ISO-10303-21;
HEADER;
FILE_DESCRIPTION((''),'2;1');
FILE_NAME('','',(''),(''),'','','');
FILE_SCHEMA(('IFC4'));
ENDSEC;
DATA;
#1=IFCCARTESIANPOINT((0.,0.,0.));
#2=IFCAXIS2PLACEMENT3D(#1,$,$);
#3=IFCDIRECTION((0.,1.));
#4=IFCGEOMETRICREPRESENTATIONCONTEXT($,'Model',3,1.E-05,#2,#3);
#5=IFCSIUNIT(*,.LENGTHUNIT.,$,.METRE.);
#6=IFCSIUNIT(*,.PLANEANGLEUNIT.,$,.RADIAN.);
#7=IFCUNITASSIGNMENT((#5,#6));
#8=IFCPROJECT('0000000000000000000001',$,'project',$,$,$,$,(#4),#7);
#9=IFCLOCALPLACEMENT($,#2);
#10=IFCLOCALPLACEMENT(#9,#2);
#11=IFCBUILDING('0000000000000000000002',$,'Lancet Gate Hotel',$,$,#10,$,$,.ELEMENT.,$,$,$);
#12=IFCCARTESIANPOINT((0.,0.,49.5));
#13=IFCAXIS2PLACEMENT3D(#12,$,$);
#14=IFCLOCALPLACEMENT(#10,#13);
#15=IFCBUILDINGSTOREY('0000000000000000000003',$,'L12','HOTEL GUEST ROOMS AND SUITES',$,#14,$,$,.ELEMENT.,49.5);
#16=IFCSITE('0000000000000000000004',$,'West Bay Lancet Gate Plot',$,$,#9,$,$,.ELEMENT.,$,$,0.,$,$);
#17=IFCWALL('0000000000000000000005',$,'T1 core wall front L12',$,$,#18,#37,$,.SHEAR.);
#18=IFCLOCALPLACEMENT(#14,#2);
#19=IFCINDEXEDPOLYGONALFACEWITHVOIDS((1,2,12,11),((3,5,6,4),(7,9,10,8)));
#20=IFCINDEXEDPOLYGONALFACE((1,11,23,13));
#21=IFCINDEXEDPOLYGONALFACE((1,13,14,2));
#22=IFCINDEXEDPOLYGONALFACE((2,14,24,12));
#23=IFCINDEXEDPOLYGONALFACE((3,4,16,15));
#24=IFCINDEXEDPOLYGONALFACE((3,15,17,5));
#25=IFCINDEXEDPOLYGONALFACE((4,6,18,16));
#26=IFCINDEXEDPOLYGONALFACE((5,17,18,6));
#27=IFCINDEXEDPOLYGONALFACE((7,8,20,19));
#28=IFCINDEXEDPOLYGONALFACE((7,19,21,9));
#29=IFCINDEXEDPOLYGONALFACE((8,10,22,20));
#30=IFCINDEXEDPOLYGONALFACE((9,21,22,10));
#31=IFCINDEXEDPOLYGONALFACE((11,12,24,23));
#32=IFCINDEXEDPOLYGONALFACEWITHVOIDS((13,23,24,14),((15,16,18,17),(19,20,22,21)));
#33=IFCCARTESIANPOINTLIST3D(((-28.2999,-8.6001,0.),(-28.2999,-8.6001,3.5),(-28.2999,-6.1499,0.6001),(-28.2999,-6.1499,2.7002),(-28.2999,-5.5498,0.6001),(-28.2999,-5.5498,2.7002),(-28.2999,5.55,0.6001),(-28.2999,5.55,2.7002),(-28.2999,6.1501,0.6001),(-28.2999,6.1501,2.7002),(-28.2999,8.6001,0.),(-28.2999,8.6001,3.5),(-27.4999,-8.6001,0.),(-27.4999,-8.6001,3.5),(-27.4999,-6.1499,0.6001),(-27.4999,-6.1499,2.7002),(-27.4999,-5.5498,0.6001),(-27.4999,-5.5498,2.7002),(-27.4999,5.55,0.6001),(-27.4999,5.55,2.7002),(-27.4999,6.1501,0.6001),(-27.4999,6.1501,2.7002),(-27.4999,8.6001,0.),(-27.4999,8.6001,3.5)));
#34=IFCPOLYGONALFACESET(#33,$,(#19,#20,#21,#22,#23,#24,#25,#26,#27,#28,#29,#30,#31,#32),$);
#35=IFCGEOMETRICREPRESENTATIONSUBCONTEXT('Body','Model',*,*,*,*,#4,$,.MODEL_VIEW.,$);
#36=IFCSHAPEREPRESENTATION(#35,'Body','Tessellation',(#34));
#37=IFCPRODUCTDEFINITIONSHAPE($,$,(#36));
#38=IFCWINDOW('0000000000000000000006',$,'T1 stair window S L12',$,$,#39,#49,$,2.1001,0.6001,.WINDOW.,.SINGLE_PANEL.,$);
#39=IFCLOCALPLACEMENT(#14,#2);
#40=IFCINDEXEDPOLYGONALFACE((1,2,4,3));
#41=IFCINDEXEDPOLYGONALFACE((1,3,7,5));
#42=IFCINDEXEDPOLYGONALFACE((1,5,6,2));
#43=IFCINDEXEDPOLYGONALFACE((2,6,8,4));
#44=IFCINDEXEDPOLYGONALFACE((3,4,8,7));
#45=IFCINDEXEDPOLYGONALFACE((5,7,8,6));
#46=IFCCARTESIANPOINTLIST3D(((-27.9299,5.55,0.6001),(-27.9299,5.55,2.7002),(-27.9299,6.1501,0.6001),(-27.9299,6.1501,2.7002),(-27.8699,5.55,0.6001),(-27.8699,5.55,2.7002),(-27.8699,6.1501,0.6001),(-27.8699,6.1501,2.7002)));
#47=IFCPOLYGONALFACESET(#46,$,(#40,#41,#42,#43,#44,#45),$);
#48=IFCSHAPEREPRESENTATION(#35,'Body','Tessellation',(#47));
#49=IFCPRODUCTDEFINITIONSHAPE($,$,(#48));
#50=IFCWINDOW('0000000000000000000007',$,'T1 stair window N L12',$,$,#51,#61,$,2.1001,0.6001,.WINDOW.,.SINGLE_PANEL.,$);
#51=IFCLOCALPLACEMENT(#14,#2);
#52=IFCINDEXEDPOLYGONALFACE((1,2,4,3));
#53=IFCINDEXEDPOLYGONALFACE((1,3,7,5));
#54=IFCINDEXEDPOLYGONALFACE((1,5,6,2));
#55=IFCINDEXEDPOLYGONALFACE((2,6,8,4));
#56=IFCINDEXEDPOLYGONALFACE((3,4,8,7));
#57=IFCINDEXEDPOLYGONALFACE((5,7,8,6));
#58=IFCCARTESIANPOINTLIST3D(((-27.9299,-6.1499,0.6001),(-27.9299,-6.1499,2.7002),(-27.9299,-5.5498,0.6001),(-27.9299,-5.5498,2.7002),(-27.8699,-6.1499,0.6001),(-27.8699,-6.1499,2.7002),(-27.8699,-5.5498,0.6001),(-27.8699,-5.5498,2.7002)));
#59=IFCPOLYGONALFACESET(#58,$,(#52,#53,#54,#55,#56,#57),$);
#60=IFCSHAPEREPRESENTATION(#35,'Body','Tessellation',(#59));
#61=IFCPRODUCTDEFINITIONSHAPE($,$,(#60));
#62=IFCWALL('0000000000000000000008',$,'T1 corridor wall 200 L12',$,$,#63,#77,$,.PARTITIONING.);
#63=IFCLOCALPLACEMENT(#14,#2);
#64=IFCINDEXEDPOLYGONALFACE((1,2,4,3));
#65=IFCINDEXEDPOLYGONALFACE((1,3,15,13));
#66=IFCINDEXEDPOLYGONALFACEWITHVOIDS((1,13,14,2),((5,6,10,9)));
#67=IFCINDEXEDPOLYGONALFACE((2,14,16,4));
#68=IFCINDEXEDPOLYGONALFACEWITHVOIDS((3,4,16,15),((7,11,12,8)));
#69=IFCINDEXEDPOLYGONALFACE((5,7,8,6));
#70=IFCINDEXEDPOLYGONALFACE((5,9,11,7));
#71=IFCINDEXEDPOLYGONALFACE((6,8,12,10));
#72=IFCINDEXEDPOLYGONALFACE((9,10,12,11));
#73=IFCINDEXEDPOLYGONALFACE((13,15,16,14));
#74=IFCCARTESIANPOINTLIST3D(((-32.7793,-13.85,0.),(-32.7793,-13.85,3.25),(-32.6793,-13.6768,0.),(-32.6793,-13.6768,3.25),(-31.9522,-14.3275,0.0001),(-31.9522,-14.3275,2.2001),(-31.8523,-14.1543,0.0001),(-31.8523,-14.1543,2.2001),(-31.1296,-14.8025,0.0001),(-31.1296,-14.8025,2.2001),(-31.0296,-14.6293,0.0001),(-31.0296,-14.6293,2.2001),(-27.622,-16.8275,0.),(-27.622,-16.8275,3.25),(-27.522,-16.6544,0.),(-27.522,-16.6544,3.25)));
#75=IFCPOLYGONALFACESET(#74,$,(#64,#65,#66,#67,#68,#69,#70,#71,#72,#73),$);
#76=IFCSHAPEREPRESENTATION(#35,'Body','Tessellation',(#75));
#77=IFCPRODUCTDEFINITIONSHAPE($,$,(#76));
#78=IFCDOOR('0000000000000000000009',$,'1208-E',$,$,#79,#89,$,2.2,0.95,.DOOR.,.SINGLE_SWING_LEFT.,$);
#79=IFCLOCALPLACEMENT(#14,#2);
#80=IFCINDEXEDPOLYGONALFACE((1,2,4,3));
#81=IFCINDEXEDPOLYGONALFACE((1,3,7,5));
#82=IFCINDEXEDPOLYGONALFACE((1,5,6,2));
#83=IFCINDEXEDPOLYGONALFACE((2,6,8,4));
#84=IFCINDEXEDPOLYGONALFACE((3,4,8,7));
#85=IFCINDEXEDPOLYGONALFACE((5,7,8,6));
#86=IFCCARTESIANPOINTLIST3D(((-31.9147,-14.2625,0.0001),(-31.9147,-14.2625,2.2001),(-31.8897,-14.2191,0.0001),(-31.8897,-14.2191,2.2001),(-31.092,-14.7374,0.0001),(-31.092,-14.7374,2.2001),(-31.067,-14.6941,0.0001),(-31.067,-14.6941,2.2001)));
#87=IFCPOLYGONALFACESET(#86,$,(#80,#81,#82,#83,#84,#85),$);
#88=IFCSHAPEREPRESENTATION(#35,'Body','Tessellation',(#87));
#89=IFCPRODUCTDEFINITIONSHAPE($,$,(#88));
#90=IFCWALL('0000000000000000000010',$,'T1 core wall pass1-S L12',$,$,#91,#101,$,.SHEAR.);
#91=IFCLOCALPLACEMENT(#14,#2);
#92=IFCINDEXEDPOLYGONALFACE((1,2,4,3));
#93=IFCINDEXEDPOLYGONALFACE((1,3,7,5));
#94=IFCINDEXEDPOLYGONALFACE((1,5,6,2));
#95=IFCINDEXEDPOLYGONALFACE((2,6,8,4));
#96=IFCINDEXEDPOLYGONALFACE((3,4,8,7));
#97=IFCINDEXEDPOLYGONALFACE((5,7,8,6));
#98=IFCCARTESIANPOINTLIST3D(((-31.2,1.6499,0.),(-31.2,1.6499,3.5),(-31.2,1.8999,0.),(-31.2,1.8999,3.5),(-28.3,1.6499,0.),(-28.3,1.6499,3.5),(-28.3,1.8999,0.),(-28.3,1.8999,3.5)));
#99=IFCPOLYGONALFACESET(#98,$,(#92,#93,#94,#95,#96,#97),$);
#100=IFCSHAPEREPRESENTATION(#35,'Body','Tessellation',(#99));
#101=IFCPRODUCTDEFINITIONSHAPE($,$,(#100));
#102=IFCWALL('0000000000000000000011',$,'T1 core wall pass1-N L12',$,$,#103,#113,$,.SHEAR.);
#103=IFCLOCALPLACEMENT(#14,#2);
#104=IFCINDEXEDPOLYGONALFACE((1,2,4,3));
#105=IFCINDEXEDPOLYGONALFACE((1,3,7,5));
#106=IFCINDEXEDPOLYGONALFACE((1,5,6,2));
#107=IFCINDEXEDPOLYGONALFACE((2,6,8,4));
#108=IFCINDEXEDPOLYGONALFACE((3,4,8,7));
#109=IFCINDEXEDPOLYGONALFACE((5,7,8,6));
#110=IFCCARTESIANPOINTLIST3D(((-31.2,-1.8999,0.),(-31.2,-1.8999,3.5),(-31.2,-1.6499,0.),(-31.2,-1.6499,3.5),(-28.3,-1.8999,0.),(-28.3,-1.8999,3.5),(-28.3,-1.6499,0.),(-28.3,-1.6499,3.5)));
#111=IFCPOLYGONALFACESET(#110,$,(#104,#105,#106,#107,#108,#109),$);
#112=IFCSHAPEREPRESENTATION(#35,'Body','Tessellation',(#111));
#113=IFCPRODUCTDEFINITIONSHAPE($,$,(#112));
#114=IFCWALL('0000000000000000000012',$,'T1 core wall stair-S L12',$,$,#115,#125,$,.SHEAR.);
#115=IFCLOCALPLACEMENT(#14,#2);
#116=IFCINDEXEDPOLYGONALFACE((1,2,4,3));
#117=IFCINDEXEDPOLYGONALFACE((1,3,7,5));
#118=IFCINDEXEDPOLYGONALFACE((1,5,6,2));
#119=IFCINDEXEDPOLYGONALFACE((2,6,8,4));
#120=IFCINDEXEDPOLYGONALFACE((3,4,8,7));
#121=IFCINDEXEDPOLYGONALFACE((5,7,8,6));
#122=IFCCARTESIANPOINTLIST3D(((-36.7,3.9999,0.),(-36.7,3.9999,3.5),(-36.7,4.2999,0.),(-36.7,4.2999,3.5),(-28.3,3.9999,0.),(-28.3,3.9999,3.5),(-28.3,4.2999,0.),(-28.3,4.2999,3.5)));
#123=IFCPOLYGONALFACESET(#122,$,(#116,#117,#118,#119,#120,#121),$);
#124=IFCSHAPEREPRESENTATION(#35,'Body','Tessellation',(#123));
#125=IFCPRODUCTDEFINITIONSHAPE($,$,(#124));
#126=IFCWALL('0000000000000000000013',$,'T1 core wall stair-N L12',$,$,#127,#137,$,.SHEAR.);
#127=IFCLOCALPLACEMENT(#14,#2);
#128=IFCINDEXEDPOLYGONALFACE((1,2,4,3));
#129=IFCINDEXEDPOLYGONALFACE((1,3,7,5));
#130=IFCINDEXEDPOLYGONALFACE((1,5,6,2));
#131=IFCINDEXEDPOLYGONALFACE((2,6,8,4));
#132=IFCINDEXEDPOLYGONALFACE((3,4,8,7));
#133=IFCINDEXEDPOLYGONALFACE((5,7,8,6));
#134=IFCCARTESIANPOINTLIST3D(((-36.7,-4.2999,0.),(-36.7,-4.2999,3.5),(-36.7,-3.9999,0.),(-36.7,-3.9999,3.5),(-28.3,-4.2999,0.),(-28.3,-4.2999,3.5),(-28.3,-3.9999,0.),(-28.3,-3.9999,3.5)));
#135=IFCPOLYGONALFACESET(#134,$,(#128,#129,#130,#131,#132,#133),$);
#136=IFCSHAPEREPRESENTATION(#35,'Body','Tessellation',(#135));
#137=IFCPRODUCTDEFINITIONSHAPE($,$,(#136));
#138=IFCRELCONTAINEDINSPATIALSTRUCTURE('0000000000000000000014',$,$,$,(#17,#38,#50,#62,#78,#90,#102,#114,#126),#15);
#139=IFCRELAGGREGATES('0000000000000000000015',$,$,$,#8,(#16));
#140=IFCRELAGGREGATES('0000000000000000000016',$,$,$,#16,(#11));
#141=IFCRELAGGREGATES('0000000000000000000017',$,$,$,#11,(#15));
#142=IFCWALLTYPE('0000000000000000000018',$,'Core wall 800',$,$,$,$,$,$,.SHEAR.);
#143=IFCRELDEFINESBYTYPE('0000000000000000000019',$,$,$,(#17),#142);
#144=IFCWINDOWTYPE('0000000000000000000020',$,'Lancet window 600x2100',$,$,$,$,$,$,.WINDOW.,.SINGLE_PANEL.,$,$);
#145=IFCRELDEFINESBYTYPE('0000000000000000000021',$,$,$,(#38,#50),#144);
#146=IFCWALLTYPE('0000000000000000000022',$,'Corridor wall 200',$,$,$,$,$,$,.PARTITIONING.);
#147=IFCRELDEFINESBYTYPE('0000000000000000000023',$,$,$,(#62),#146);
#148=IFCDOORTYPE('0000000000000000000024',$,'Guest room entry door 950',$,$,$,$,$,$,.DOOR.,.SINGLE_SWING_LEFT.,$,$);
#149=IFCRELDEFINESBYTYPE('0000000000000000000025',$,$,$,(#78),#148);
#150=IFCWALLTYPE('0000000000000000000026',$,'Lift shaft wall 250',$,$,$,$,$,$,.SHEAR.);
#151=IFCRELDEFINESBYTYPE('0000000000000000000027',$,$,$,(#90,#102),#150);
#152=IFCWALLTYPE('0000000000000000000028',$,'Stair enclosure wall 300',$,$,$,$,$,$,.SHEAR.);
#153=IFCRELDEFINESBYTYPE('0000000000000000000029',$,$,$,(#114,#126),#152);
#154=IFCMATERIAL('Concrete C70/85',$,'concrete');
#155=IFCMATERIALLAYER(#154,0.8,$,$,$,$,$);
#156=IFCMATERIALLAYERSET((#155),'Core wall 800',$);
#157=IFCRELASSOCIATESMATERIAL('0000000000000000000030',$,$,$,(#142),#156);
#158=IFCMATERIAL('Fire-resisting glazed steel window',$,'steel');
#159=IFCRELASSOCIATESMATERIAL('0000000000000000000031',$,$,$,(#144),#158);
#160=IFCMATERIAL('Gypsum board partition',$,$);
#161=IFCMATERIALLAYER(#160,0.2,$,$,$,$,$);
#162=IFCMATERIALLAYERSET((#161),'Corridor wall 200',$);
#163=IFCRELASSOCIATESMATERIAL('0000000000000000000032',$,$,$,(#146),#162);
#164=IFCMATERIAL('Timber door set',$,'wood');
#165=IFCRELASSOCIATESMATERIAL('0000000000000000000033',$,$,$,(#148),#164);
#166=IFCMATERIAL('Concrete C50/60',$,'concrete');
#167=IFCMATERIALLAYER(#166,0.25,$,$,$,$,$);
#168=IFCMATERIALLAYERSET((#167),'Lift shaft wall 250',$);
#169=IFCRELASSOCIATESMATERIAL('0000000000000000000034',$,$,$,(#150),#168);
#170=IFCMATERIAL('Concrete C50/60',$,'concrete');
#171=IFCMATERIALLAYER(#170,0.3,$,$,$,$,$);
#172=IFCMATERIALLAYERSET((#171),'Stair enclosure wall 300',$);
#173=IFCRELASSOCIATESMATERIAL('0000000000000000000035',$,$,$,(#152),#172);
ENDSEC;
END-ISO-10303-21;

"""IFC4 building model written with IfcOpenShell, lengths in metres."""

from ifc_helpers import new_model, si_unit, direction, frame, frame_2d, origin, place, context, subcontext, project, spatial, rectangle, extrude, material, layer, layer_set, type_object, element, fill, save


model = new_model("IFC4")

# Units and contexts
model_context = context("Model", 3, precision=1e-05, world=origin(), true_north=direction((0.0, 1.0)))
body_context = subcontext(model_context, "Body", "Model", "MODEL_VIEW")
ifc_project = project(units=[si_unit("LENGTHUNIT", "METRE"), si_unit("PLANEANGLEUNIT", "RADIAN")], contexts=[model_context])

# Site, building, storey
site_placement = place(None, origin())
site = spatial("IfcSite", under=ifc_project, at=site_placement, Name="West Bay Lancet Gate Plot", CompositionType="ELEMENT", RefElevation=0.0)
building_placement = place(site_placement, origin())
building = spatial("IfcBuilding", under=site, at=building_placement, Name="Lancet Gate Hotel", CompositionType="ELEMENT")
storey_placement = place(building_placement, frame((0.0, 0.0, 49.5)))
storey = spatial("IfcBuildingStorey", under=building, at=storey_placement, Name="L12", Description="HOTEL GUEST ROOMS AND SUITES", CompositionType="ELEMENT", Elevation=49.5)

# Wall, openings, windows
ifc_material_1 = material(Name="Concrete C70/85", Category="concrete")
ifc_layer_1 = layer(ifc_material_1, 0.8)
ifc_layer_set_1 = layer_set([ifc_layer_1], Name="Core wall 800")
wall_type_1 = type_object("IfcWallType", Name="Core wall 800", PredefinedType="SHEAR", material=ifc_layer_set_1)
wall_1_placement = place(storey_placement, frame((-27.8999, 8.6001, 0.0), z_axis=(0.0, 0.0, 1.0), x_axis=(0.0, -1.0, 0.0)))
wall_1 = element("IfcWall", 1, at=wall_1_placement, inside=storey, type_object=wall_type_1, Name="T1 core wall front L12", PredefinedType="SHEAR", context=body_context, shape_type="SweptSolid", body=[
    extrude(rectangle(XDim=17.2002, YDim=0.8, at=frame_2d((8.6001, 0.0))), origin(), (0.0, 0.0, 1.0), 3.5),
])
opening_1_placement = place(wall_1_placement, frame((2.45, 0.0, 0.6001)))
opening_1 = element("IfcOpeningElement", 2, at=opening_1_placement, cuts=wall_1, PredefinedType="OPENING", context=body_context, shape_type="SweptSolid", body=[
    extrude(rectangle(XDim=0.6001, YDim=2.1001, at=frame_2d((0.3, 1.05))), frame((0.0, 0.4099, 0.0), z_axis=(0.0, -1.0, 0.0), x_axis=(1.0, 0.0, 0.0)), (0.0, 0.0, 1.0), 0.8201),
])
opening_2_placement = place(wall_1_placement, frame((14.1499, 0.0, 0.6001)))
opening_2 = element("IfcOpeningElement", 3, at=opening_2_placement, cuts=wall_1, PredefinedType="OPENING", context=body_context, shape_type="SweptSolid", body=[
    extrude(rectangle(XDim=0.6001, YDim=2.1001, at=frame_2d((0.3, 1.05))), frame((0.0, 0.4099, 0.0), z_axis=(0.0, -1.0, 0.0), x_axis=(1.0, 0.0, 0.0)), (0.0, 0.0, 1.0), 0.8201),
])
ifc_material_2 = material(Name="Fire-resisting glazed steel window", Category="steel")
window_type = type_object("IfcWindowType", Name="Lancet window 600x2100", PartitioningType="SINGLE_PANEL", PredefinedType="WINDOW", material=ifc_material_2)
window_1_placement = place(opening_1_placement, origin())
window_1 = element("IfcWindow", 4, at=window_1_placement, inside=storey, type_object=window_type, Name="T1 stair window S L12", OverallHeight=2.1001, OverallWidth=0.6001, PartitioningType="SINGLE_PANEL", PredefinedType="WINDOW", context=body_context, shape_type="SweptSolid", body=[
    extrude(rectangle(XDim=0.6001, YDim=2.1001, at=frame_2d((0.3, 1.05))), frame((0.0, 0.03, 0.0), z_axis=(0.0, -1.0, 0.0), x_axis=(1.0, 0.0, 0.0)), (0.0, 0.0, 1.0), 0.0601),
])
fill(opening_1, window_1)
window_2_placement = place(opening_2_placement, origin())
window_2 = element("IfcWindow", 5, at=window_2_placement, inside=storey, type_object=window_type, Name="T1 stair window N L12", OverallHeight=2.1001, OverallWidth=0.6001, PartitioningType="SINGLE_PANEL", PredefinedType="WINDOW", context=body_context, shape_type="SweptSolid", body=[
    extrude(rectangle(XDim=0.6001, YDim=2.1001, at=frame_2d((0.3, 1.05))), frame((0.0, 0.03, 0.0), z_axis=(0.0, -1.0, 0.0), x_axis=(1.0, 0.0, 0.0)), (0.0, 0.0, 1.0), 0.0601),
])
fill(opening_2, window_2)

# Wall, opening, door
ifc_material_3 = material(Name="Gypsum board partition")
ifc_layer_2 = layer(ifc_material_3, 0.2)
ifc_layer_set_2 = layer_set([ifc_layer_2], Name="Corridor wall 200")
wall_type_2 = type_object("IfcWallType", Name="Corridor wall 200", PredefinedType="PARTITIONING", material=ifc_layer_set_2)
wall_2_placement = place(storey_placement, frame((-27.572, -16.741, 0.0), z_axis=(0.0, 0.0, 1.0), x_axis=(-0.866024, 0.500002, 0.0)))
wall_2 = element("IfcWall", 6, at=wall_2_placement, inside=storey, type_object=wall_type_2, Name="T1 corridor wall 200 L12", PredefinedType="PARTITIONING", context=body_context, shape_type="SweptSolid", body=[
    extrude(rectangle(XDim=5.9551, YDim=0.2, at=frame_2d((2.9775, 0.0))), origin(), (0.0, 0.0, 1.0), 3.25),
])
opening_3_placement = place(wall_2_placement, frame((4.05, 0.0, 0.0)))
opening_3 = element("IfcOpeningElement", 7, at=opening_3_placement, cuts=wall_2, PredefinedType="OPENING", context=body_context, shape_type="SweptSolid", body=[
    extrude(rectangle(XDim=0.95, YDim=2.2, at=frame_2d((0.4751, 1.1001))), frame((0.0, 0.1099, 0.0), z_axis=(0.0, -1.0, 0.0), x_axis=(1.0, 0.0, 0.0)), (0.0, 0.0, 1.0), 0.22),
])
ifc_material_4 = material(Name="Timber door set", Category="wood")
door_type_1 = type_object("IfcDoorType", Name="Guest room entry door 950", OperationType="SINGLE_SWING_LEFT", PredefinedType="DOOR", material=ifc_material_4)
door_1_placement = place(opening_3_placement, origin())
door_1 = element("IfcDoor", 8, at=door_1_placement, inside=storey, type_object=door_type_1, Name="1208-E", OperationType="SINGLE_SWING_LEFT", OverallHeight=2.2, OverallWidth=0.95, PredefinedType="DOOR", context=body_context, shape_type="SweptSolid", body=[
    extrude(rectangle(XDim=0.95, YDim=2.2, at=frame_2d((0.4751, 1.1001))), frame((0.0, 0.0249, 0.0), z_axis=(0.0, -1.0, 0.0), x_axis=(1.0, 0.0, 0.0)), (0.0, 0.0, 1.0), 0.05),
])
fill(opening_3, door_1)

# Walls
ifc_material_5 = material(Name="Concrete C50/60", Category="concrete")
ifc_layer_3 = layer(ifc_material_5, 0.25)
ifc_layer_set_3 = layer_set([ifc_layer_3], Name="Lift shaft wall 250")
wall_type_3 = type_object("IfcWallType", Name="Lift shaft wall 250", PredefinedType="SHEAR", material=ifc_layer_set_3)
for number, where, z_axis, x_axis, name in (
    (9, (-28.3, 1.7749, 0.0), (0.0, 0.0, 1.0), (-1.0, 0.0, 0.0), "T1 core wall pass1-S L12"),
    (10, (-28.3, -1.7749, 0.0), (0.0, 0.0, 1.0), (-1.0, 0.0, 0.0), "T1 core wall pass1-N L12"),
):
    element("IfcWall", number, at=place(storey_placement, frame(where, z_axis=z_axis, x_axis=x_axis)), inside=storey, type_object=wall_type_3, Name=name, PredefinedType="SHEAR", context=body_context, shape_type="SweptSolid", body=[
        extrude(rectangle(XDim=2.8999, YDim=0.25, at=frame_2d((1.45, 0.0))), origin(), (0.0, 0.0, 1.0), 3.5),
    ])
ifc_material_6 = material(Name="Concrete C50/60", Category="concrete")
ifc_layer_4 = layer(ifc_material_6, 0.3)
ifc_layer_set_4 = layer_set([ifc_layer_4], Name="Stair enclosure wall 300")
wall_type_4 = type_object("IfcWallType", Name="Stair enclosure wall 300", PredefinedType="SHEAR", material=ifc_layer_set_4)
for number, where, z_axis, x_axis, name in (
    (11, (-28.3, 4.1499, 0.0), (0.0, 0.0, 1.0), (-1.0, 0.0, 0.0), "T1 core wall stair-S L12"),
    (12, (-28.3, -4.1499, 0.0), (0.0, 0.0, 1.0), (-1.0, 0.0, 0.0), "T1 core wall stair-N L12"),
):
    element("IfcWall", number, at=place(storey_placement, frame(where, z_axis=z_axis, x_axis=x_axis)), inside=storey, type_object=wall_type_4, Name=name, PredefinedType="SHEAR", context=body_context, shape_type="SweptSolid", body=[
        extrude(rectangle(XDim=8.3999, YDim=0.3, at=frame_2d((4.2, 0.0))), origin(), (0.0, 0.0, 1.0), 3.5),
    ])

save(model, "model.ifc")
